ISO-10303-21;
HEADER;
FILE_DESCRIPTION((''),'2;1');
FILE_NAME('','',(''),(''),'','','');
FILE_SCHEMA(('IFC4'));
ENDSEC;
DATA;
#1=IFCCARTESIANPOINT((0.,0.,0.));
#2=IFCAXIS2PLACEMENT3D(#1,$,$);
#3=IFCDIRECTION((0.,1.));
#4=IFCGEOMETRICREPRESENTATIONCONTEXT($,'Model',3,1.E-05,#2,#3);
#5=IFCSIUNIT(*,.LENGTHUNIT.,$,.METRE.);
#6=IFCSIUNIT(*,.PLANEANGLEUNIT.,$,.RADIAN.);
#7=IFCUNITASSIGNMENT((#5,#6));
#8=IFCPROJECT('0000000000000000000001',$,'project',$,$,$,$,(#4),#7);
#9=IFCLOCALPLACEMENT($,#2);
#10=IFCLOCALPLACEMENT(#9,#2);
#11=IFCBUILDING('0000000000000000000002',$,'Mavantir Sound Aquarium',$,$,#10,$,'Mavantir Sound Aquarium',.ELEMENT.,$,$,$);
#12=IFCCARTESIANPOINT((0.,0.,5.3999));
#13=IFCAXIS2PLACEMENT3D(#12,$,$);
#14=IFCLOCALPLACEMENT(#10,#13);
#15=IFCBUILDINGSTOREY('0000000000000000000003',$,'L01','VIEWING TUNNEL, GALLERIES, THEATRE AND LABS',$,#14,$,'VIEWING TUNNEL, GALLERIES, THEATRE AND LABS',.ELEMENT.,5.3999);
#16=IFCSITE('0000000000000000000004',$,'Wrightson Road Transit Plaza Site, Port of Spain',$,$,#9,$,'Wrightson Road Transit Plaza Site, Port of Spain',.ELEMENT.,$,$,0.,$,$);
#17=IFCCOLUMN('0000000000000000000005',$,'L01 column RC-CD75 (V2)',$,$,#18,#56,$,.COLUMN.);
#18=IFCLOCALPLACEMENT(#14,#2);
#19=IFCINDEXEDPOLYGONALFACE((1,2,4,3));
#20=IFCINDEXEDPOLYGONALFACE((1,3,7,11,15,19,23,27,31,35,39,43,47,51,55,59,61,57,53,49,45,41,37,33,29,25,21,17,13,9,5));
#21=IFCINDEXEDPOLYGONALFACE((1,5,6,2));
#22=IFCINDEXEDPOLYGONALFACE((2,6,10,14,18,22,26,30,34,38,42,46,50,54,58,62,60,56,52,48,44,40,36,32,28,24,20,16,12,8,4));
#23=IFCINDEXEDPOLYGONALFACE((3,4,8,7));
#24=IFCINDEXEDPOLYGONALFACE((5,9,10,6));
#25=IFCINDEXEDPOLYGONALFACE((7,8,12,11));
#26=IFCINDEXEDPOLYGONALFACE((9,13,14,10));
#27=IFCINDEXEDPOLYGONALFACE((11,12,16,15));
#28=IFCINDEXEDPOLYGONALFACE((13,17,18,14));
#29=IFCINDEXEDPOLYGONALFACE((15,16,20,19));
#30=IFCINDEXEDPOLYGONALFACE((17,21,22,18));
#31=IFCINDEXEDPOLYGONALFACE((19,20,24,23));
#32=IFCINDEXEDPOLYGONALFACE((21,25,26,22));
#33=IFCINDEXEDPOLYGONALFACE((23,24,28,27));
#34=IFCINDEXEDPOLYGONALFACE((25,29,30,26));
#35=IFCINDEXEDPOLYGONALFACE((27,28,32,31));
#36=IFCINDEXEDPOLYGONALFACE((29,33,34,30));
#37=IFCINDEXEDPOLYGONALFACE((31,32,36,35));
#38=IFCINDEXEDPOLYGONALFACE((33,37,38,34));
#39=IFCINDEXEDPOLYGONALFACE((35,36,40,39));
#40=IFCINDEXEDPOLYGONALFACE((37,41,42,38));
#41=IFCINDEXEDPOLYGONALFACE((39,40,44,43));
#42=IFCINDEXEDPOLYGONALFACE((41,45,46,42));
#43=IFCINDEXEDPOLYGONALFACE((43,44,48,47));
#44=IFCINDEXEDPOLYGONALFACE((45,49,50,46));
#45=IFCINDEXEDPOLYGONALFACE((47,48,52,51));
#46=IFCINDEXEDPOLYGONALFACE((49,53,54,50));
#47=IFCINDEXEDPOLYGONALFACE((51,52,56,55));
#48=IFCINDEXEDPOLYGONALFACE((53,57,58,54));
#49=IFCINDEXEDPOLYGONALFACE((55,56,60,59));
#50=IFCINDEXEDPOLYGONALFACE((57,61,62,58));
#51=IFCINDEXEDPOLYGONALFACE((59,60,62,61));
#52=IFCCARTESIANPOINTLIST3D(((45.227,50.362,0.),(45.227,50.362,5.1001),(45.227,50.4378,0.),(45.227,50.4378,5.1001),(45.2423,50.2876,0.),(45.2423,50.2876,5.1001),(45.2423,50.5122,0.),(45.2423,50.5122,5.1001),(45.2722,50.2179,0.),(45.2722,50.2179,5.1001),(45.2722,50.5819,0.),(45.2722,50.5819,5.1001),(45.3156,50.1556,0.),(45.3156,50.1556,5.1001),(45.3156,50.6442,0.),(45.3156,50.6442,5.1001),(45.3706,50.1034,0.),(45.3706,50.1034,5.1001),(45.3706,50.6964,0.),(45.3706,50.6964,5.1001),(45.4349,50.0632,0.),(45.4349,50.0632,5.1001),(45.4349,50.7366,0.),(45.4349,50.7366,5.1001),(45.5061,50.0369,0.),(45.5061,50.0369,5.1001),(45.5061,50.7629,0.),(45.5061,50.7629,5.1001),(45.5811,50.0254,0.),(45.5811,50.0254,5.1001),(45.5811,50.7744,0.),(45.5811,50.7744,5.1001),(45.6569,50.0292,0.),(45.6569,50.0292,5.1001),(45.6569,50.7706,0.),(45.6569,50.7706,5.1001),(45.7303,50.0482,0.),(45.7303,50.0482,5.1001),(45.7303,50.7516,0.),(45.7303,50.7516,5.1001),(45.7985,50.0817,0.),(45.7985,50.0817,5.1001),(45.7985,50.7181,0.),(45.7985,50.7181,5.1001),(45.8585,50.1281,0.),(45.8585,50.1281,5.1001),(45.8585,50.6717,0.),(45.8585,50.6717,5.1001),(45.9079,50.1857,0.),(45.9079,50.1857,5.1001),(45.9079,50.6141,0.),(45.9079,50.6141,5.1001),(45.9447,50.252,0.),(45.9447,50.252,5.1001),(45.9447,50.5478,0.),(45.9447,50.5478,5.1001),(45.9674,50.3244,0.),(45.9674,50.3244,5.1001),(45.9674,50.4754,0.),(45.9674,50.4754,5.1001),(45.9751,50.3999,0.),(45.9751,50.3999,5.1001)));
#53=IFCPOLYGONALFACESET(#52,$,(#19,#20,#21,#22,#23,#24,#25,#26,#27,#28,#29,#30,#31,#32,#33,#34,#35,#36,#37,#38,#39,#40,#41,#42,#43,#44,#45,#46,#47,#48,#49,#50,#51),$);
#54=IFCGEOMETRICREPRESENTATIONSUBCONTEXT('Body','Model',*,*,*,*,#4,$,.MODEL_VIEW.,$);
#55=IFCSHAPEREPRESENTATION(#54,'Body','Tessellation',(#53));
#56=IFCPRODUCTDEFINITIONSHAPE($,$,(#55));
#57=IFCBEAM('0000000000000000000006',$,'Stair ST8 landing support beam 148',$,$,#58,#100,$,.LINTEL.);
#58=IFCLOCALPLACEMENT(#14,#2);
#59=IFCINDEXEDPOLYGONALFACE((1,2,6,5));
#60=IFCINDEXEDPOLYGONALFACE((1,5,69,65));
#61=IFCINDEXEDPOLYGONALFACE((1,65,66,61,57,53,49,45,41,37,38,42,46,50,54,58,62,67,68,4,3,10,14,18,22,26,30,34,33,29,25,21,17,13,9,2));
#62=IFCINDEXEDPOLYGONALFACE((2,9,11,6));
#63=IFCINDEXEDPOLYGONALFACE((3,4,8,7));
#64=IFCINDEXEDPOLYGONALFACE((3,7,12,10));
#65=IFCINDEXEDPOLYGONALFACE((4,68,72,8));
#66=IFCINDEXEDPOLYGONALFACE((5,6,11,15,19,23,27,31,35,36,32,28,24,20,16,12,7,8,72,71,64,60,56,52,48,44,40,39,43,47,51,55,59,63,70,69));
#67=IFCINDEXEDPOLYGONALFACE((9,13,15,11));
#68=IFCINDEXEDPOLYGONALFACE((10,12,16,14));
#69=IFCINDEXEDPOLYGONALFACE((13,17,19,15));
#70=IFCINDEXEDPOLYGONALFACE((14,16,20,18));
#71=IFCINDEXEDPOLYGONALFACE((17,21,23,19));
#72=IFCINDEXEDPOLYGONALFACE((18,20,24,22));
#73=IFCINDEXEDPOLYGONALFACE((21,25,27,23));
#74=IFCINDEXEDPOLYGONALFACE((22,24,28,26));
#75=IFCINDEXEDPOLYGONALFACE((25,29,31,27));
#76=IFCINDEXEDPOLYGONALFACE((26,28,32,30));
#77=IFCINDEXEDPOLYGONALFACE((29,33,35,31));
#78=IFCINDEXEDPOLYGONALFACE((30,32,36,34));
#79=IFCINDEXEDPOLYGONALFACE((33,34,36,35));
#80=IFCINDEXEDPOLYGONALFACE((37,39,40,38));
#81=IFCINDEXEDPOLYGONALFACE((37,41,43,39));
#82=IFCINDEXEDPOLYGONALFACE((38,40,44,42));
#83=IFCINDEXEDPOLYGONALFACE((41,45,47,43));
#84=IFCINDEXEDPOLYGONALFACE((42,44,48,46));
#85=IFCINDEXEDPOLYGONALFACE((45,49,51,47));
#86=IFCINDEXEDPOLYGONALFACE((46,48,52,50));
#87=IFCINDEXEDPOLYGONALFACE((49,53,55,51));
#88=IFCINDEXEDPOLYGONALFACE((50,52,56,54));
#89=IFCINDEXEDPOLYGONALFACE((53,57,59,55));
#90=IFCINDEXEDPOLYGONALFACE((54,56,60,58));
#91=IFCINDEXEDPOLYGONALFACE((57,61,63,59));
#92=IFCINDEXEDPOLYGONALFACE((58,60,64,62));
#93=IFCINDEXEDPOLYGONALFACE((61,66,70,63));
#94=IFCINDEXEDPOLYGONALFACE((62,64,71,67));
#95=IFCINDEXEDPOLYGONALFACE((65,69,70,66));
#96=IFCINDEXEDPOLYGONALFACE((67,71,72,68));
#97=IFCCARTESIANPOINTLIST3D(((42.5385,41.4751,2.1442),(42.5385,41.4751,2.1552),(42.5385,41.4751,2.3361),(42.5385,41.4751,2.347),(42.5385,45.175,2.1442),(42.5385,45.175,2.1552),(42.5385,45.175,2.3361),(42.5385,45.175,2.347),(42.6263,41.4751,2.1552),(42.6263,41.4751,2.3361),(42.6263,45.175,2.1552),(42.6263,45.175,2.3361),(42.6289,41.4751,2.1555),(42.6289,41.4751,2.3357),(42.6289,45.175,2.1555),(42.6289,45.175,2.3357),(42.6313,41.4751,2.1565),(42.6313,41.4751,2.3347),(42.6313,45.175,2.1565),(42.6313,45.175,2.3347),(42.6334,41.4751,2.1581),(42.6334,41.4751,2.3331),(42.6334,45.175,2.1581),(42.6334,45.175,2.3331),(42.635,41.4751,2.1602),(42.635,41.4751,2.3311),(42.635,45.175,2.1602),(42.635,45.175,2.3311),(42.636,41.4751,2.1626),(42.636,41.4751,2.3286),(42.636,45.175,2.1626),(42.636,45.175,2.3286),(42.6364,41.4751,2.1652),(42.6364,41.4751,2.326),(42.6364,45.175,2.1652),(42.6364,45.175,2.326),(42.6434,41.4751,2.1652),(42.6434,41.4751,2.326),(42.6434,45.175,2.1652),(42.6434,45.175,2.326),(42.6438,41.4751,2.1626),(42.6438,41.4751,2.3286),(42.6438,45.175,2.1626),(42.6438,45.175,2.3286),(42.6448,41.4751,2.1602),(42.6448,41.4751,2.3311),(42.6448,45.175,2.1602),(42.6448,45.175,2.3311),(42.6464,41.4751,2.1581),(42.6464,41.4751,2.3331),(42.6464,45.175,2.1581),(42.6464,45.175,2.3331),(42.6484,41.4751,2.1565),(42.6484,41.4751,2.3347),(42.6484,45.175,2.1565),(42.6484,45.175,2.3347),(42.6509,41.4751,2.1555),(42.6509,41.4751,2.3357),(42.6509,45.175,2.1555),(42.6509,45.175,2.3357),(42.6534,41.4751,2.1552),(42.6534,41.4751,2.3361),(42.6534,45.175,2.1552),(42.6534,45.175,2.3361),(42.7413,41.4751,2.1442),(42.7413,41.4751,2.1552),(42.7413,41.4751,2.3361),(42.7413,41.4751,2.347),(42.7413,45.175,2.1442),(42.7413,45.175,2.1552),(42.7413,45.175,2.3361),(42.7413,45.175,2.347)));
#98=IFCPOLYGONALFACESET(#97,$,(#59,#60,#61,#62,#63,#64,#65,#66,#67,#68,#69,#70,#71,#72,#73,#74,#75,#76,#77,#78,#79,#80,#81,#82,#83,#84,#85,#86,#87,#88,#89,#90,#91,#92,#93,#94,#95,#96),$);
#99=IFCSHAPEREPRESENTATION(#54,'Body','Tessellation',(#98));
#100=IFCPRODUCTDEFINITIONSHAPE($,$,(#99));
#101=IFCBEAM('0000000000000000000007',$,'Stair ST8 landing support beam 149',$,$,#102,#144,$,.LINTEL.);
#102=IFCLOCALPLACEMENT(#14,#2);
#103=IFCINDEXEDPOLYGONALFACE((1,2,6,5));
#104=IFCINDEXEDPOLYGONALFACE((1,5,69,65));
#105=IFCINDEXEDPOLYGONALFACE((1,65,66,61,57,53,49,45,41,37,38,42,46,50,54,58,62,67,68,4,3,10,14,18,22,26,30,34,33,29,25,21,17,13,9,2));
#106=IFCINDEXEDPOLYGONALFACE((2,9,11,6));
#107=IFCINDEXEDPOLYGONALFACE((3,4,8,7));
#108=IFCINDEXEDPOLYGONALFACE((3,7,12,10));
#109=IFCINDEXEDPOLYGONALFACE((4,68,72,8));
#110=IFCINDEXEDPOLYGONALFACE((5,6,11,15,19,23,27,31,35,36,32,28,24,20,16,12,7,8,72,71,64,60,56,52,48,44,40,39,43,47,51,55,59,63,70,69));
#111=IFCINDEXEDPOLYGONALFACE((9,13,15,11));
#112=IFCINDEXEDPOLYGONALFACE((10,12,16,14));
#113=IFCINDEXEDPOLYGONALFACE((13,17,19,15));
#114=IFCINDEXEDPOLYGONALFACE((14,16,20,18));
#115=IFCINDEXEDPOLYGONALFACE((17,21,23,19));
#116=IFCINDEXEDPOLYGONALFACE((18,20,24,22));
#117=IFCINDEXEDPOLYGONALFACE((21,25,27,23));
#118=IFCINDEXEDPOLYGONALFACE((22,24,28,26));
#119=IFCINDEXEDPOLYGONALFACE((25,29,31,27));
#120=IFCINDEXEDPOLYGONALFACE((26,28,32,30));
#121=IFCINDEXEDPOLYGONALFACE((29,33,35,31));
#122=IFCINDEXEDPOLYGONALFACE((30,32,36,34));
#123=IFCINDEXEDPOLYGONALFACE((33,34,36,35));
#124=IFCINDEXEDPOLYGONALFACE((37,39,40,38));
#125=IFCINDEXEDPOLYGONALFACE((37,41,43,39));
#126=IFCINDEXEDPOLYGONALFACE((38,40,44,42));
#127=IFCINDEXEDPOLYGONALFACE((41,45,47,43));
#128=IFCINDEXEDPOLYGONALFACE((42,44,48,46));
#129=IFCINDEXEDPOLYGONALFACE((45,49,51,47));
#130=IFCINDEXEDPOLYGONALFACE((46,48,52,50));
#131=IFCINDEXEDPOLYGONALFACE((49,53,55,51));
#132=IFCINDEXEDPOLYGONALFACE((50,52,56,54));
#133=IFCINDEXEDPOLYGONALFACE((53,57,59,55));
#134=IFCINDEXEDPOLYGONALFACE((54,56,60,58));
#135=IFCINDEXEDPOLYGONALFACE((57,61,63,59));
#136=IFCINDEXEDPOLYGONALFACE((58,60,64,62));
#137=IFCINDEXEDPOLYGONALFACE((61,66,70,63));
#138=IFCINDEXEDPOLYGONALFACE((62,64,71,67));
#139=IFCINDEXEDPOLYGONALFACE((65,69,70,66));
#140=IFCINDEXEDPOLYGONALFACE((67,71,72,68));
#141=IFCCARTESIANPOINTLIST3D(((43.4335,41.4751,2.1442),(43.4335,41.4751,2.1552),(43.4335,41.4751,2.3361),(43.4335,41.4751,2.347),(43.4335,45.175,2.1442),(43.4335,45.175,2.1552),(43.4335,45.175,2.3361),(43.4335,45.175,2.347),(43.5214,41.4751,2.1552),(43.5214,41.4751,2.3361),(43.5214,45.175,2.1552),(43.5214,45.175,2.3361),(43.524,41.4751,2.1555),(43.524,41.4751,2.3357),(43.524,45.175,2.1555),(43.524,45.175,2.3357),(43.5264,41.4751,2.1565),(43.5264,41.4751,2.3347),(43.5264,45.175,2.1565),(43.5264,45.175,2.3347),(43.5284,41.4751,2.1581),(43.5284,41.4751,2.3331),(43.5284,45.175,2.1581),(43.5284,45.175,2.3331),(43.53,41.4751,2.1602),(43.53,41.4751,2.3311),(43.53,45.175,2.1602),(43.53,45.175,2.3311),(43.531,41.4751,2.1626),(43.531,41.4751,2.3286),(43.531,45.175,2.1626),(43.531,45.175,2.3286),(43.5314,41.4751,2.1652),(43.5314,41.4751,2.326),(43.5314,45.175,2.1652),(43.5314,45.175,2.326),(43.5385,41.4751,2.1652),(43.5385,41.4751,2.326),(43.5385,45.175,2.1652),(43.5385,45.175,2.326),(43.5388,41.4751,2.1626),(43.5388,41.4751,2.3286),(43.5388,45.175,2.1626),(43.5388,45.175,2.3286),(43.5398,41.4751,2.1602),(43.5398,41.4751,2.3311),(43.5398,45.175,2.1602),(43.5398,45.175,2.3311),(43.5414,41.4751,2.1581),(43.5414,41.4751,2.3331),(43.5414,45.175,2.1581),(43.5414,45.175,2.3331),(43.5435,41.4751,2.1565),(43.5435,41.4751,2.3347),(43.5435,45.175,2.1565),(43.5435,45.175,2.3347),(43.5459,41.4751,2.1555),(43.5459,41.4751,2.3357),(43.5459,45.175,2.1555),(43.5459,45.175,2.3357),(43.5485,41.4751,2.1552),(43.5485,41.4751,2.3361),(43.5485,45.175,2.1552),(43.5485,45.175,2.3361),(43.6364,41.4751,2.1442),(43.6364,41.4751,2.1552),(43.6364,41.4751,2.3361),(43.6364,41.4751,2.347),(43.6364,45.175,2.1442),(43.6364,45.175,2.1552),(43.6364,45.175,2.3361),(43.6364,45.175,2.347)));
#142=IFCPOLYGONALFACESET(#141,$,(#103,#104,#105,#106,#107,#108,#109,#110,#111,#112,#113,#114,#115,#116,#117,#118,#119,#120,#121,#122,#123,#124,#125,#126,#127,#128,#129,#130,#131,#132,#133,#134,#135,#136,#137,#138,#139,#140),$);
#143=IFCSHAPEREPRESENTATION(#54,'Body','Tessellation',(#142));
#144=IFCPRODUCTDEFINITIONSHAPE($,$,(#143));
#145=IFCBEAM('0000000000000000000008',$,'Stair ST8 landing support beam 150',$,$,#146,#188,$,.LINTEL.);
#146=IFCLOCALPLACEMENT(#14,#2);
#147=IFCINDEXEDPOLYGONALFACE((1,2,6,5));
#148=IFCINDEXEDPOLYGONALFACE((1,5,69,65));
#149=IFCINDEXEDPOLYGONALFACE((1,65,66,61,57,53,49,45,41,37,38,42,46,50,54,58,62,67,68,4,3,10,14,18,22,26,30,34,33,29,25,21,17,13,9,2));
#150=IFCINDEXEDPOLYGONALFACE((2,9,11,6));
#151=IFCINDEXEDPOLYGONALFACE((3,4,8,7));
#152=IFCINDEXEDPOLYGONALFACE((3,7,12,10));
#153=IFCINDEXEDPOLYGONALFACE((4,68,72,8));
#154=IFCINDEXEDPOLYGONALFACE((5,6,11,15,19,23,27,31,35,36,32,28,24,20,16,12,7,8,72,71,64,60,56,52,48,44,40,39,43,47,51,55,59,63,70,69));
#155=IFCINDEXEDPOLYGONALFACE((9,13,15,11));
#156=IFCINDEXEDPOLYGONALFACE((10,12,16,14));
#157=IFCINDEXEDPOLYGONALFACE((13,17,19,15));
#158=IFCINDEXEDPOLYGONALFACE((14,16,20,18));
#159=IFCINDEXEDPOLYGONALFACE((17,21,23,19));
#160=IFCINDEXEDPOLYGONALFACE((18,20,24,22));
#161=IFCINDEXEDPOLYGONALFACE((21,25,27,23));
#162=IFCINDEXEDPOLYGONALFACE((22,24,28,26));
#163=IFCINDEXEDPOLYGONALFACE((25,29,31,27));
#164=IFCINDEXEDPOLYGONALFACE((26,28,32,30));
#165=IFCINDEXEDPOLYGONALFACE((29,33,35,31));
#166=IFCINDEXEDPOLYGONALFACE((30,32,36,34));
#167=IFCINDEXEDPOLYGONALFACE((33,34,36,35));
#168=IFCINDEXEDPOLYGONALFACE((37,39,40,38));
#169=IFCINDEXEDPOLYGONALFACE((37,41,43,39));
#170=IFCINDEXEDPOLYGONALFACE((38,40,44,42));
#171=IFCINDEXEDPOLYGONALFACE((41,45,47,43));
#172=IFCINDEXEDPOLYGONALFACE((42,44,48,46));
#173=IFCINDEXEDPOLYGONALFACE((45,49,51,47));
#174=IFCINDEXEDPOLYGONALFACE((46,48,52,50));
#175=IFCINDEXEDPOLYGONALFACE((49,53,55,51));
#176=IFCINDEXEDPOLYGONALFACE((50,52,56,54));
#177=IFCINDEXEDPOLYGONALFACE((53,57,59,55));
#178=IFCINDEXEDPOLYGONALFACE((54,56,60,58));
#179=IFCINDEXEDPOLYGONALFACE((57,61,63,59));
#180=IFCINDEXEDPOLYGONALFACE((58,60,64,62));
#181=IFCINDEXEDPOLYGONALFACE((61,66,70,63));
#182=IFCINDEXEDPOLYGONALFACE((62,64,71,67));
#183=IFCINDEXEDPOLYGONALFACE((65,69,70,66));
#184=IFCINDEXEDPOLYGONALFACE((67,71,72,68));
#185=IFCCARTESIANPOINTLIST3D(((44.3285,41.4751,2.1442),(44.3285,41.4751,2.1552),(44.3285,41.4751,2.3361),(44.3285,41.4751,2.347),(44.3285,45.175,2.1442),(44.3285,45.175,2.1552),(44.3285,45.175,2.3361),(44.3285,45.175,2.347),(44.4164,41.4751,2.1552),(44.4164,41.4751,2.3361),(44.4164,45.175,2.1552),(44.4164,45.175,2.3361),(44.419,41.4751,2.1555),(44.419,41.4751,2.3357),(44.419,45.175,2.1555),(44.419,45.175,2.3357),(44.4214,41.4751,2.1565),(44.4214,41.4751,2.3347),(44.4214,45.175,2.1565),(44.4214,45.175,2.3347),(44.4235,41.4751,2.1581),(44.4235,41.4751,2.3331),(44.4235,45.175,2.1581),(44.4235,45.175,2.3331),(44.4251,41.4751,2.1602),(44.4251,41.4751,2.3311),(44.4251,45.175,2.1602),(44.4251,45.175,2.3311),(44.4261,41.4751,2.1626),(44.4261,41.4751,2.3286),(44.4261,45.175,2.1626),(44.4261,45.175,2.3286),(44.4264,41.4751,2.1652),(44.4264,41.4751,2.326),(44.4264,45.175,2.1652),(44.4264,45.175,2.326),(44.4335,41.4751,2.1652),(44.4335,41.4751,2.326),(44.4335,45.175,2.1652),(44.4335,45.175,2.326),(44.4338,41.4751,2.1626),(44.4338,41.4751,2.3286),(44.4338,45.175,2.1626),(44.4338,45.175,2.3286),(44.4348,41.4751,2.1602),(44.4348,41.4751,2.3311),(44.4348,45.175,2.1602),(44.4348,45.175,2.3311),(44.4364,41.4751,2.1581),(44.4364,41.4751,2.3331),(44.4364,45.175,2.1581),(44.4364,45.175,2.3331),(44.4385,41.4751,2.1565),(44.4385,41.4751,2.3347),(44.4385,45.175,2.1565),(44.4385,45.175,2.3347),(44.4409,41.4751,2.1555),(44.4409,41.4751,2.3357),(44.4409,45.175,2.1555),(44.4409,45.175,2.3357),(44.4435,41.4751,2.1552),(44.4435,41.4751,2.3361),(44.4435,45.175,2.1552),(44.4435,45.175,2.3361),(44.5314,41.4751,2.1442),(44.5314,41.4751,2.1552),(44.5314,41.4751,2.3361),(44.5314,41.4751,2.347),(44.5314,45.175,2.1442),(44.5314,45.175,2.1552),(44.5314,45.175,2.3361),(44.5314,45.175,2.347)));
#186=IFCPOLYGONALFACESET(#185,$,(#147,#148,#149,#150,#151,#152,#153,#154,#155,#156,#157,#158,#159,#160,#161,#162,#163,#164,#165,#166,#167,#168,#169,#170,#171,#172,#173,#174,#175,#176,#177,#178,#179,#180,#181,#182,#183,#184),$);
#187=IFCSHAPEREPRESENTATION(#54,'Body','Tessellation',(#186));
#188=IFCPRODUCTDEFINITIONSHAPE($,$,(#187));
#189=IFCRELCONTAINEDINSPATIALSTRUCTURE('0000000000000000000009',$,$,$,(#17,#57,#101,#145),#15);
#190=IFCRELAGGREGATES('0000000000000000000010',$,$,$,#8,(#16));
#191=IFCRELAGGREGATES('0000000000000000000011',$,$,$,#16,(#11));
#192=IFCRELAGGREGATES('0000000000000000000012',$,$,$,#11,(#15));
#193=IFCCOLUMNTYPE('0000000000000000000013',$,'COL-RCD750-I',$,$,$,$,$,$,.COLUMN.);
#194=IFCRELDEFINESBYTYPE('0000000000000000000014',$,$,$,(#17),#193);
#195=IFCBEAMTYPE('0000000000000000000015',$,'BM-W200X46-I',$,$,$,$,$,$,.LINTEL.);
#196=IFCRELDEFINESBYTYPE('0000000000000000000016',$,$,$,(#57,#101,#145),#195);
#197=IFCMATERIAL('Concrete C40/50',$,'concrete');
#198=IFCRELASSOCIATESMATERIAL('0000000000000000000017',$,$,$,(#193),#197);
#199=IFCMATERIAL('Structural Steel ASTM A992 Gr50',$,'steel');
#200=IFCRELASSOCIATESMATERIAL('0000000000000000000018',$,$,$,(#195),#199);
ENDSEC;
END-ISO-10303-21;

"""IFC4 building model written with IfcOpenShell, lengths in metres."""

from ifc_helpers import new_model, si_unit, direction, frame, origin, origin_2d, place, context, subcontext, project, spatial, circle, i_section, extrude, material, material_profile, profile_set, type_object, element, save


model = new_model("IFC4")

# Units and contexts
model_context = context("Model", 3, precision=1e-05, world=origin(), true_north=direction((0.0, 1.0)))
body_context = subcontext(model_context, "Body", "Model", "MODEL_VIEW")
ifc_project = project(units=[si_unit("LENGTHUNIT", "METRE"), si_unit("PLANEANGLEUNIT", "RADIAN")], contexts=[model_context])

# Site, building, storey
site_placement = place(None, origin())
site = spatial("IfcSite", under=ifc_project, at=site_placement, Name="Wrightson Road Transit Plaza Site, Port of Spain", LongName="Wrightson Road Transit Plaza Site, Port of Spain", CompositionType="ELEMENT", RefElevation=0.0)
building_placement = place(site_placement, origin())
building = spatial("IfcBuilding", under=site, at=building_placement, Name="Mavantir Sound Aquarium", LongName="Mavantir Sound Aquarium", CompositionType="ELEMENT")
storey_placement = place(building_placement, frame((0.0, 0.0, 5.3999)))
storey = spatial("IfcBuildingStorey", under=building, at=storey_placement, Name="L01", Description="VIEWING TUNNEL, GALLERIES, THEATRE AND LABS", LongName="VIEWING TUNNEL, GALLERIES, THEATRE AND LABS", CompositionType="ELEMENT", Elevation=5.3999)

# Column
ifc_material_1 = material(Name="Concrete C40/50", Category="concrete")
ifc_material_profile_1 = material_profile(ifc_material_1, circle(Radius=0.375, at=origin_2d()), Name="RC D750")
ifc_profile_set_1 = profile_set([ifc_material_profile_1], Name="Concrete C40/50")
column_type = type_object("IfcColumnType", Name="COL-RCD750-I", PredefinedType="COLUMN", material=ifc_profile_set_1)
column_placement = place(storey_placement, frame((45.6001, 50.3999, 0.0), z_axis=(0.0, 0.0, 1.0), x_axis=(1.0, 0.0, 0.0)))
element("IfcColumn", 1, at=column_placement, inside=storey, type_object=column_type, Name="L01 column RC-CD75 (V2)", PredefinedType="COLUMN", context=body_context, shape_type="SweptSolid", body=[
    extrude(circle(Radius=0.375, at=origin_2d()), origin(), (0.0, 0.0, 1.0), 5.1001),
])

# Beams
ifc_material_2 = material(Name="Structural Steel ASTM A992 Gr50", Category="steel")
ifc_material_profile_2 = material_profile(ifc_material_2, i_section(OverallWidth=0.2029, OverallDepth=0.2029, WebThickness=0.0071, FlangeThickness=0.011, FilletRadius=0.01, at=origin_2d()), Name="W200X46")
ifc_profile_set_2 = profile_set([ifc_material_profile_2], Name="Structural Steel ASTM A992 Gr50")
beam_type_1 = type_object("IfcBeamType", Name="BM-W200X46-I", PredefinedType="LINTEL", material=ifc_profile_set_2)
for number, where, z_axis, x_axis, name in (
    (2, (42.6399, 41.4751, 2.2456), (0.0, 1.0, 0.0), (-1.0, 0.0, 0.0), "Stair ST8 landing support beam 148"),
    (3, (43.5349, 41.4751, 2.2456), (0.0, 1.0, 0.0), (-1.0, 0.0, 0.0), "Stair ST8 landing support beam 149"),
    (4, (44.4299, 41.4751, 2.2456), (0.0, 1.0, 0.0), (-1.0, 0.0, 0.0), "Stair ST8 landing support beam 150"),
):
    element("IfcBeam", number, at=place(storey_placement, frame(where, z_axis=z_axis, x_axis=x_axis)), inside=storey, type_object=beam_type_1, Name=name, PredefinedType="LINTEL", context=body_context, shape_type="SweptSolid", body=[
        extrude(i_section(OverallWidth=0.2029, OverallDepth=0.2029, WebThickness=0.0071, FlangeThickness=0.011, FilletRadius=0.01, at=origin_2d()), origin(), (0.0, 0.0, 1.0), 3.7),
    ])

save(model, "model.ifc")
